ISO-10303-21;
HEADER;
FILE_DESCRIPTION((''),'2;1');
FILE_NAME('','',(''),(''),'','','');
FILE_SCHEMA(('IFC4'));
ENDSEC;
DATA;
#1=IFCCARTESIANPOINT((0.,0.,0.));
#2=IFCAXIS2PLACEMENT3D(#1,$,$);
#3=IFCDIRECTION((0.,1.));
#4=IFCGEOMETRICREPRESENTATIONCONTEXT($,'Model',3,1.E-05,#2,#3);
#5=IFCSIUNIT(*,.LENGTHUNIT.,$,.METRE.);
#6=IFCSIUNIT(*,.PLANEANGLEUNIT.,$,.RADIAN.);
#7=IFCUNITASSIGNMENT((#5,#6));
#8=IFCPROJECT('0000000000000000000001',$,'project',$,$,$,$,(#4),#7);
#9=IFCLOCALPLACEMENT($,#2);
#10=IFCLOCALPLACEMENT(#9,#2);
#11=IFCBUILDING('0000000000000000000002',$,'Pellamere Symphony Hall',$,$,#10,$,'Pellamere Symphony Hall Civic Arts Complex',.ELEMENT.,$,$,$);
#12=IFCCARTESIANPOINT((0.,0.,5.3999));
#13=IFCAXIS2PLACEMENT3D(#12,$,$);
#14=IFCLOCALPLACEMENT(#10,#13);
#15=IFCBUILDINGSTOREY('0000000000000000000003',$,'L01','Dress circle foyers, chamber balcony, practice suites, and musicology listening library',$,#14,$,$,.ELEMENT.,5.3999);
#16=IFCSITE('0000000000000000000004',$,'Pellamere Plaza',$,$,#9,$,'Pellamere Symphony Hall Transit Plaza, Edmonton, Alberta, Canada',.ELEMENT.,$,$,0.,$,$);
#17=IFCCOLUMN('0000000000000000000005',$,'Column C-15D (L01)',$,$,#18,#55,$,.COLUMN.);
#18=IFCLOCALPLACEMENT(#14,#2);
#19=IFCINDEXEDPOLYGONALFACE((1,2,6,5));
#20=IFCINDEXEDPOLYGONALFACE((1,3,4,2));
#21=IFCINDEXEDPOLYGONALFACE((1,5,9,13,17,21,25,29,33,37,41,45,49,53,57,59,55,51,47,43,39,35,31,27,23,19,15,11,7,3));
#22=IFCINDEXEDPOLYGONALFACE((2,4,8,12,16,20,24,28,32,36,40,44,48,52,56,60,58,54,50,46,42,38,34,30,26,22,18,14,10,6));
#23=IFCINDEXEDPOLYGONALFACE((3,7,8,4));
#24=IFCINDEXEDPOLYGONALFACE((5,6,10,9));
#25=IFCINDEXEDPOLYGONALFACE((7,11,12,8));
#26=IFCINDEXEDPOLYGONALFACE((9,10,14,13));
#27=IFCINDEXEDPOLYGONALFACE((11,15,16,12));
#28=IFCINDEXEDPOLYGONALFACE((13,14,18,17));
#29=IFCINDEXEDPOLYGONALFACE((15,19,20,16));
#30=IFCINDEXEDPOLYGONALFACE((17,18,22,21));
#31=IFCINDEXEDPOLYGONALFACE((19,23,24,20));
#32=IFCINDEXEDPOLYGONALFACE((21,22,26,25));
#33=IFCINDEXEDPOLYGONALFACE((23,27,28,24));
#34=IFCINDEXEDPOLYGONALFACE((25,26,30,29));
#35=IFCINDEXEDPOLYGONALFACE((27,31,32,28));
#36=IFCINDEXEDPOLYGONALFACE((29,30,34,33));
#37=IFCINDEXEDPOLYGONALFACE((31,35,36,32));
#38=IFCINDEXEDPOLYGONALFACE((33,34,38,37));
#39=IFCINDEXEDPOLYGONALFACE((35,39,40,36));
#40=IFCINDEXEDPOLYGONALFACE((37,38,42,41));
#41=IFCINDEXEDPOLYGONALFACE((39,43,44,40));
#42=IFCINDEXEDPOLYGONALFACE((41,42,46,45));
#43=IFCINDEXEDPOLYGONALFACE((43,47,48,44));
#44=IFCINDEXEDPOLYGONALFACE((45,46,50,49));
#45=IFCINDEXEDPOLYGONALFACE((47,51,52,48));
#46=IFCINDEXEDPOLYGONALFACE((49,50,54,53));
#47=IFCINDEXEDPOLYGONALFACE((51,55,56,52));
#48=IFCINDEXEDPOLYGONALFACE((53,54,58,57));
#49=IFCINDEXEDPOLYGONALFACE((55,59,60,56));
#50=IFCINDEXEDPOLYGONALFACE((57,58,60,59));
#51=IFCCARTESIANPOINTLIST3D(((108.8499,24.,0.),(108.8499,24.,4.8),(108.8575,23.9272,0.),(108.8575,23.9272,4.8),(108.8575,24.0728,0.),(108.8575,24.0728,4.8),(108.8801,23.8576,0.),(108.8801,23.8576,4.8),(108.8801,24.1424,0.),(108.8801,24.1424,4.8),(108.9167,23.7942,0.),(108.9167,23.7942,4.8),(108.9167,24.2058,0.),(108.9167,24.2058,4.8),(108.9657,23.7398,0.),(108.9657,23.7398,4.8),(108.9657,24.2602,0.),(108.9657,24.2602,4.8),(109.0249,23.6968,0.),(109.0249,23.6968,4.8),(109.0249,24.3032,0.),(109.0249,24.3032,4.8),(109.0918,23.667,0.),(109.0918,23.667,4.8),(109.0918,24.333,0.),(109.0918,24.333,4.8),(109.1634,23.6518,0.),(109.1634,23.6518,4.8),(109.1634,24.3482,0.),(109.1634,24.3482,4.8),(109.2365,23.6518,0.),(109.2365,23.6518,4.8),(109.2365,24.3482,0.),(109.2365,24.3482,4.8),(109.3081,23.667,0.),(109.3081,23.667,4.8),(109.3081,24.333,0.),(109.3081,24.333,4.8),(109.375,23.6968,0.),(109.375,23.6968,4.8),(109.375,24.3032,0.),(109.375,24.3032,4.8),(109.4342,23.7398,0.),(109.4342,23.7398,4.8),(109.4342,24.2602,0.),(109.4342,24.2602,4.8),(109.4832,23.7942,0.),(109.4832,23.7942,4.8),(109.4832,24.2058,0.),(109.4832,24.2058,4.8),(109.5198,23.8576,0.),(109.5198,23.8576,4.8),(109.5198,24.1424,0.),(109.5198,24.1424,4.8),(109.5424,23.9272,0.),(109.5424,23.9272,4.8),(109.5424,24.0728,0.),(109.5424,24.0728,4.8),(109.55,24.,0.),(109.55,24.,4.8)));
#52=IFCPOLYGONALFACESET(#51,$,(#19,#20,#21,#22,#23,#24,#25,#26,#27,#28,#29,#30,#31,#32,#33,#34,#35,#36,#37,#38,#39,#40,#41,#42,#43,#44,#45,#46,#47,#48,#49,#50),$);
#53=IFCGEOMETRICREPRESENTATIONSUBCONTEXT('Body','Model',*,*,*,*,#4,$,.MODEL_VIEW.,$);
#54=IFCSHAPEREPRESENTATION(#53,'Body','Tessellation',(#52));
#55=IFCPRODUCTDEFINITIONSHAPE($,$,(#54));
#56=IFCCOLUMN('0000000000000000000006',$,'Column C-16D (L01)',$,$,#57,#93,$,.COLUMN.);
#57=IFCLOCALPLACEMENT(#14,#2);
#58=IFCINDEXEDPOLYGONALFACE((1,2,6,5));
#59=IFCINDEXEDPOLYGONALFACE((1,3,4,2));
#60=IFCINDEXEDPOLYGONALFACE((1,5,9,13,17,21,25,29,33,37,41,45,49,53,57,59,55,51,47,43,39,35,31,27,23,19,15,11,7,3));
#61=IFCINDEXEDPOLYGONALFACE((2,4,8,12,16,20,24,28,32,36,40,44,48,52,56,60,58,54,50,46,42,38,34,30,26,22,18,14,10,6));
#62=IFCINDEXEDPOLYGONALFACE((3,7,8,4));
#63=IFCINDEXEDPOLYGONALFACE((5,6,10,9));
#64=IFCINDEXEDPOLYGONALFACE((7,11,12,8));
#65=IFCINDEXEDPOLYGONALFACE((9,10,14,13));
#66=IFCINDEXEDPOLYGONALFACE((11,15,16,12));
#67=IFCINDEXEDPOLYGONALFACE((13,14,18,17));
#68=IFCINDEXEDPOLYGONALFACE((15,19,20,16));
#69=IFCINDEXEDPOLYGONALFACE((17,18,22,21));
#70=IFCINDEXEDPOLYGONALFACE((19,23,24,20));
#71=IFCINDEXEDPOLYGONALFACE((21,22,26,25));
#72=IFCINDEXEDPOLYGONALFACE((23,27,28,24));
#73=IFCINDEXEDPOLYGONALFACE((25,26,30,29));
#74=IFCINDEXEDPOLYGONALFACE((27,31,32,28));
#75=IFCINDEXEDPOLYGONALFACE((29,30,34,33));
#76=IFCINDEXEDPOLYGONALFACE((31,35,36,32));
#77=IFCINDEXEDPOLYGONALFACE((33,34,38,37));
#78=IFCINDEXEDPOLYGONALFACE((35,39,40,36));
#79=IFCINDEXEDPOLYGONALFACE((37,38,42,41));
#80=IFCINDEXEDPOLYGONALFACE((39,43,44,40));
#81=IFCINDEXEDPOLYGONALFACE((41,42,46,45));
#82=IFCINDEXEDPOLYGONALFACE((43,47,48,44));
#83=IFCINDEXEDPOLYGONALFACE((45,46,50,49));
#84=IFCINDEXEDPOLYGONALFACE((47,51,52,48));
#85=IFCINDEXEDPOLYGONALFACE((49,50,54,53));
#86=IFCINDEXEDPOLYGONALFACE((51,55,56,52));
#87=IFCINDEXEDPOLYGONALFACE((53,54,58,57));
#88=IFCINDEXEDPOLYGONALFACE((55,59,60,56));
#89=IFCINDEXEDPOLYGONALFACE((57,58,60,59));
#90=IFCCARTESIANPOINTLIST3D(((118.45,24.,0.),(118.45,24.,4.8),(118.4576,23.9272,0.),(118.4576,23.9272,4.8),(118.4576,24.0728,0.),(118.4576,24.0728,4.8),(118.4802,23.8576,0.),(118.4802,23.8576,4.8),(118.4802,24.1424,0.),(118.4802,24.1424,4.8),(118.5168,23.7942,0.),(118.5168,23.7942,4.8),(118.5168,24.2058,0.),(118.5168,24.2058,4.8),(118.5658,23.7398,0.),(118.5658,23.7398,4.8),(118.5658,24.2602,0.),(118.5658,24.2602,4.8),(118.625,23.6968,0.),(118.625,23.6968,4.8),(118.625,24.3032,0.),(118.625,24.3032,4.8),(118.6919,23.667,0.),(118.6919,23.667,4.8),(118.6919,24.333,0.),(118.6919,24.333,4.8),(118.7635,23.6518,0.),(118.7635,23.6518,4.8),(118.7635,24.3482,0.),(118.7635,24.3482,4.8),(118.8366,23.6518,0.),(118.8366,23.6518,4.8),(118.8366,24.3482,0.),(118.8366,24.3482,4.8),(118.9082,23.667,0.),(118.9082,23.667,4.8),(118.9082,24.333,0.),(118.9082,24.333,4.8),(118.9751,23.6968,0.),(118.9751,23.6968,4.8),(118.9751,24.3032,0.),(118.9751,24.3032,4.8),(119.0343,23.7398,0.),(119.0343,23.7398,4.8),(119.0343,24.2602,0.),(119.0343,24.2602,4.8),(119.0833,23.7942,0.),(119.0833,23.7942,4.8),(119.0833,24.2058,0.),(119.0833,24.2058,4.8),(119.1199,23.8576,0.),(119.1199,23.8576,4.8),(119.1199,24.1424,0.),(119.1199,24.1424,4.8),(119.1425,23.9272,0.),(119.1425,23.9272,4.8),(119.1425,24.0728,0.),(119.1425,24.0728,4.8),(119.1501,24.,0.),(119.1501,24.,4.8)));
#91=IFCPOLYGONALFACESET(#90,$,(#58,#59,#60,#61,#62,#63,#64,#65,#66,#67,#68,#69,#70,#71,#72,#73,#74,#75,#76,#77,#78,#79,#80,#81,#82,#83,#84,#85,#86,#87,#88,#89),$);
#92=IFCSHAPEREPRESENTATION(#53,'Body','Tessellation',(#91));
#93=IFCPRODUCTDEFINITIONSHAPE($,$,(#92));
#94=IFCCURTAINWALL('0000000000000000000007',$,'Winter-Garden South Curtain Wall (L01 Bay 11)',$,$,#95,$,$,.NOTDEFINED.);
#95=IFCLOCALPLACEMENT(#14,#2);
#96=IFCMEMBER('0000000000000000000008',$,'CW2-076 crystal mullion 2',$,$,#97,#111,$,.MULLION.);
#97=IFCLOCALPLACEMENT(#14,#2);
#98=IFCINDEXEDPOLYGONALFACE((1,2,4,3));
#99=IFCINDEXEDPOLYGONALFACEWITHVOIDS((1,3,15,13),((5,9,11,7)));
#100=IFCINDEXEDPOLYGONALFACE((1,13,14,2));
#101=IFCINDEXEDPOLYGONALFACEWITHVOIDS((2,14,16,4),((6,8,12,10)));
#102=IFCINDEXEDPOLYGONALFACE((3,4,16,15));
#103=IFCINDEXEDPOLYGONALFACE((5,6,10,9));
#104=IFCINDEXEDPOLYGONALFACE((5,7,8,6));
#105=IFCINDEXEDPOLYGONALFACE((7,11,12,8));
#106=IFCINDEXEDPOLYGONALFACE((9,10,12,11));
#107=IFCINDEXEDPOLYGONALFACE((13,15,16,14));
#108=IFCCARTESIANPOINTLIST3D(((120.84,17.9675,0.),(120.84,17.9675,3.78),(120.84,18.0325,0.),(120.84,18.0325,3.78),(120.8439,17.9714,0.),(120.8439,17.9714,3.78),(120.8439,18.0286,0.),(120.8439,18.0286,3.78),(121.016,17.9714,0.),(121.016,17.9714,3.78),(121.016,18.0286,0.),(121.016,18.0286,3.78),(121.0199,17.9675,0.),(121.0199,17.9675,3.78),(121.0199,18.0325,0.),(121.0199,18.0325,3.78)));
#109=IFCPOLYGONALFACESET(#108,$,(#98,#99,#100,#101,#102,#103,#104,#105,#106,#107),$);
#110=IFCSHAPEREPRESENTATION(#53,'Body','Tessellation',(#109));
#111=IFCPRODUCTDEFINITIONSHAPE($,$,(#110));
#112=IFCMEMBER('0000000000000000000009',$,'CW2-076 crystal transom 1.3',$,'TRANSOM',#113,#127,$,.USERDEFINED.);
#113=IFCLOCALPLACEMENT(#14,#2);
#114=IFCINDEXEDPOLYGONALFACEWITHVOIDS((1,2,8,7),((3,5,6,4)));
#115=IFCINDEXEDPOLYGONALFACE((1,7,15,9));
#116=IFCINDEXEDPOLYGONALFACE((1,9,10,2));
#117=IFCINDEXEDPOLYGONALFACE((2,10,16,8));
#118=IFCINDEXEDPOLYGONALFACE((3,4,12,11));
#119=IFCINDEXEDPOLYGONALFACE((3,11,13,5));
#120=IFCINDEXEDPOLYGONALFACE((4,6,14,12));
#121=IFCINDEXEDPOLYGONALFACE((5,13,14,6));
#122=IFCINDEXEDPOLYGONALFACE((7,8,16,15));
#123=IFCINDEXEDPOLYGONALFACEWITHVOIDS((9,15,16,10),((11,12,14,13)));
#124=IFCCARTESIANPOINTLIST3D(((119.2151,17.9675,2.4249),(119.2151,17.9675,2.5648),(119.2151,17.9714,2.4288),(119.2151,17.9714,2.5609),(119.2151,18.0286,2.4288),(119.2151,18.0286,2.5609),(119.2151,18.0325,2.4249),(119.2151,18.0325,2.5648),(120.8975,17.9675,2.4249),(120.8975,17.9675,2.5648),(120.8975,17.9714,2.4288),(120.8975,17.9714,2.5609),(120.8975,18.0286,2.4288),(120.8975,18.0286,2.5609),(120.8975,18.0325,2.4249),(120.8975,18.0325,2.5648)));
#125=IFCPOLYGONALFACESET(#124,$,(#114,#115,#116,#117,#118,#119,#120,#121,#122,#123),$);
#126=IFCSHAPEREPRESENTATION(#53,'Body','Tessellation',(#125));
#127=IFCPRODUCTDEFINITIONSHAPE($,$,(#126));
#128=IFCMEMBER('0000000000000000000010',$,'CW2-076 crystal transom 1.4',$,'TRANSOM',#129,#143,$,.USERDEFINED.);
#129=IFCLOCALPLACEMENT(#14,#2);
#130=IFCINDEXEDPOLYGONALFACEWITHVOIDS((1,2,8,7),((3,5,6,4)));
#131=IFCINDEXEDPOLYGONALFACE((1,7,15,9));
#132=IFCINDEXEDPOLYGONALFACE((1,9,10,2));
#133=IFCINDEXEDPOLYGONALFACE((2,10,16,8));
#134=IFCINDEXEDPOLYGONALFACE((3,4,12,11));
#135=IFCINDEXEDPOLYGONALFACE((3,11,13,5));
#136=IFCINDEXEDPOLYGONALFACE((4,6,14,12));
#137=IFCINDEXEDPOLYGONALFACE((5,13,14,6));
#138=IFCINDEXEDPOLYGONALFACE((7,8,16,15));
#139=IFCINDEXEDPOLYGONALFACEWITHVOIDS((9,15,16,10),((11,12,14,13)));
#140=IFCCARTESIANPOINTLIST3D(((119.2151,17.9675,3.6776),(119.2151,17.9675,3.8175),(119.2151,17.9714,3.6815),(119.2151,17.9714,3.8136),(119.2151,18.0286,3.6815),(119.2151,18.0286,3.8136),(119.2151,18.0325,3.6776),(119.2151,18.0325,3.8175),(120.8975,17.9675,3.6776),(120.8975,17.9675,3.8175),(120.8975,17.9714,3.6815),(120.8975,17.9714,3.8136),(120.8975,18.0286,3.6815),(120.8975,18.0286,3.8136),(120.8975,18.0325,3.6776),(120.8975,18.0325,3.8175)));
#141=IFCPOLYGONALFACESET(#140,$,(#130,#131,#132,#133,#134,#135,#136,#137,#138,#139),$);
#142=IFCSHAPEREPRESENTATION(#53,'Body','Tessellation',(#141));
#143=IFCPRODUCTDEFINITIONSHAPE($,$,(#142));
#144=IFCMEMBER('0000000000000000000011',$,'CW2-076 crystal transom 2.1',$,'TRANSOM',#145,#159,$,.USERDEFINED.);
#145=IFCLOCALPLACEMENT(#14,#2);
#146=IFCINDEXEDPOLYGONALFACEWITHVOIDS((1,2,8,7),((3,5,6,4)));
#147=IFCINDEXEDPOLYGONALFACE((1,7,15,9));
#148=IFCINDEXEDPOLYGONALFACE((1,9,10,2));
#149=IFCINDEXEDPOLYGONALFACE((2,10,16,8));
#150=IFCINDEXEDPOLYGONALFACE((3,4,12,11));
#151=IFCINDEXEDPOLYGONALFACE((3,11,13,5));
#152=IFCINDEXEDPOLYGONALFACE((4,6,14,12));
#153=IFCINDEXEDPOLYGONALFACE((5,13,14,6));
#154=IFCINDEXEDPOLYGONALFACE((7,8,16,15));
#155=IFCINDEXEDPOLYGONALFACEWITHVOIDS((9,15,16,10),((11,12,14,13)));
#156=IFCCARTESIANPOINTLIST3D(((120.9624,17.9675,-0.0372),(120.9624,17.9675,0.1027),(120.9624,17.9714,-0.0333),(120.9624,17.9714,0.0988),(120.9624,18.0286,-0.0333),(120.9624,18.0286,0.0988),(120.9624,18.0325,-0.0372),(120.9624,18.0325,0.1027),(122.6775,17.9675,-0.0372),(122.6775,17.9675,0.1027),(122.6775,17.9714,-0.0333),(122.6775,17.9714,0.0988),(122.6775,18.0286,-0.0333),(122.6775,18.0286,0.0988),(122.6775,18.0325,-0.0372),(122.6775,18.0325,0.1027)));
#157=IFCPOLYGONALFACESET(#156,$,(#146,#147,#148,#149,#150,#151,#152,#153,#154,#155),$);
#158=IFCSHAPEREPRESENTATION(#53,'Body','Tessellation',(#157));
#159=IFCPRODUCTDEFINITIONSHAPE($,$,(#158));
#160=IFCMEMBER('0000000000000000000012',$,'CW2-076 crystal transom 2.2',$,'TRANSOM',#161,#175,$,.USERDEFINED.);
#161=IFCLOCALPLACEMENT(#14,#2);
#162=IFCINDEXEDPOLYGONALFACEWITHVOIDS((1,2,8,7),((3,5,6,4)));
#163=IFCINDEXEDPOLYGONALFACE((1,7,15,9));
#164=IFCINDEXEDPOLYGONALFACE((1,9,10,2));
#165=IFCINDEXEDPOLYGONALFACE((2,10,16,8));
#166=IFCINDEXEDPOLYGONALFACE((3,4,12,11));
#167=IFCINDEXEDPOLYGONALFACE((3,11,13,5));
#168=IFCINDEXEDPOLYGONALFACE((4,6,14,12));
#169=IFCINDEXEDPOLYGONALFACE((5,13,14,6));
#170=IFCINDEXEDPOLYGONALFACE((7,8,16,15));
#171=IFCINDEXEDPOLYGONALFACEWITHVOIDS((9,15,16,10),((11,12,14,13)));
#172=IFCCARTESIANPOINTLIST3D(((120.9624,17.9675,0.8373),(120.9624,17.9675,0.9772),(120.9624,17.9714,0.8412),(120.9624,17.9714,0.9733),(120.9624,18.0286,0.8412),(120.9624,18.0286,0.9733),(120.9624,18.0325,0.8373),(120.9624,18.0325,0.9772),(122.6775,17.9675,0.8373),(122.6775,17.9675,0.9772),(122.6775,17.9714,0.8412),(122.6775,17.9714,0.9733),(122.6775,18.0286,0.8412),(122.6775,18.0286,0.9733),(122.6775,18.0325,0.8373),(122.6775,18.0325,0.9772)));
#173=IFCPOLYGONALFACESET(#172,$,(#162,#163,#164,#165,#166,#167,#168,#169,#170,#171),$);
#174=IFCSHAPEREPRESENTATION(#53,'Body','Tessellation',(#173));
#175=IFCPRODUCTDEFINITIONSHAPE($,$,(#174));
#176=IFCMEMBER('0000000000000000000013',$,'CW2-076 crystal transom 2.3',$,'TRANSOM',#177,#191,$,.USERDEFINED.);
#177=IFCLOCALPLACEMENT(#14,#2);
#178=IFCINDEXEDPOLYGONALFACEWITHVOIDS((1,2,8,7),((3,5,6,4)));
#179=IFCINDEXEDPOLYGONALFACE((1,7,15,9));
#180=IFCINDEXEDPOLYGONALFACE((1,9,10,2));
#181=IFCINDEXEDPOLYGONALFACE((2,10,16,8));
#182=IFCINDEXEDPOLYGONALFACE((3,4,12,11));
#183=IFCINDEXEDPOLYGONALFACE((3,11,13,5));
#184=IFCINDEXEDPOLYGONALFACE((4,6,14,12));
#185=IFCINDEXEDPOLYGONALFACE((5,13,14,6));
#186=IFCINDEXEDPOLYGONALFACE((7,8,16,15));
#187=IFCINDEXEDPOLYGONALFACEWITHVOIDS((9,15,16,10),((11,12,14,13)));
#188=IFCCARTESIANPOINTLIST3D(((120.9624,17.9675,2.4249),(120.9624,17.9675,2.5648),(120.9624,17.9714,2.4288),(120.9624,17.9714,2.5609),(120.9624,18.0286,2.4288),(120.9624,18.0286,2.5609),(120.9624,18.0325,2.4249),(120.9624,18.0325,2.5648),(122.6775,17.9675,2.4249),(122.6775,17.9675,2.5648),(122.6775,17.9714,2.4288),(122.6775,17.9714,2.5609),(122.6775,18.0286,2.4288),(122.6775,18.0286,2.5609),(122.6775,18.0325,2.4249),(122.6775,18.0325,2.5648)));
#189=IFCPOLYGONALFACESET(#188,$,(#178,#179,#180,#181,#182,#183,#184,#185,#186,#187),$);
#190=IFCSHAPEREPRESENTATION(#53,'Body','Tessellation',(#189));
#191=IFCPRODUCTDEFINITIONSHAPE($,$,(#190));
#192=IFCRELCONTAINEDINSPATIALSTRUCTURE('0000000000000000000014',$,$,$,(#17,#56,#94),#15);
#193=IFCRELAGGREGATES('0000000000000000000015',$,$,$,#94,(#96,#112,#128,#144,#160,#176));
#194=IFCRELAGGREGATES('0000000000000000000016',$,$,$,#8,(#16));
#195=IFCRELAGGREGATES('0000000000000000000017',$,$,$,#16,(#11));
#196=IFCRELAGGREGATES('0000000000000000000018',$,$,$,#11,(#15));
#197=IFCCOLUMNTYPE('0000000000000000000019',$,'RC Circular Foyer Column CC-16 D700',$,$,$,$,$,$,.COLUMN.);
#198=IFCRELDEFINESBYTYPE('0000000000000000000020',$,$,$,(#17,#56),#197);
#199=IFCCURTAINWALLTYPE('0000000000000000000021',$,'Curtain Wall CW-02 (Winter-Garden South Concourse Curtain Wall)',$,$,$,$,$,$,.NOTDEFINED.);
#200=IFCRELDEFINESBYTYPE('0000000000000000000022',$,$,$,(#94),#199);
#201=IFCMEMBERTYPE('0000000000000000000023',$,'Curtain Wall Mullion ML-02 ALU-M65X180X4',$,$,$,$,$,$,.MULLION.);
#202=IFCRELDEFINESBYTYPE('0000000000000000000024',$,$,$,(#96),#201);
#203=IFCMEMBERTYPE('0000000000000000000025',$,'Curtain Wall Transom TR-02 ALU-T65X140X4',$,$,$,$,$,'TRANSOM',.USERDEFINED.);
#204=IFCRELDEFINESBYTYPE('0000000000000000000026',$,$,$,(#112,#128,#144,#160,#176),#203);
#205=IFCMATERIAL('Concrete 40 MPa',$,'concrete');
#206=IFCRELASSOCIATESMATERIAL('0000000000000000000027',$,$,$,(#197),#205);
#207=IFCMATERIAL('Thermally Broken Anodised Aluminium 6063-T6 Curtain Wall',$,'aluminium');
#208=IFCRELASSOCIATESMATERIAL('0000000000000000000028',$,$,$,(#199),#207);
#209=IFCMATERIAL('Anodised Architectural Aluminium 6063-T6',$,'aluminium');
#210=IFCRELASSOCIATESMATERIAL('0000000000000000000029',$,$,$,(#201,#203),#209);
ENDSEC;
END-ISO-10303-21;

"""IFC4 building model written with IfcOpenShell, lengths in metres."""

from ifc_helpers import new_model, si_unit, direction, frame, origin, origin_2d, place, context, subcontext, project, spatial, hollow_rectangle, circle, extrude, material, material_profile, profile_set, type_object, element, aggregate, save


model = new_model("IFC4")

# Units and contexts
model_context = context("Model", 3, precision=1e-05, world=origin(), true_north=direction((0.0, 1.0)))
body_context = subcontext(model_context, "Body", "Model", "MODEL_VIEW")
ifc_project = project(units=[si_unit("LENGTHUNIT", "METRE"), si_unit("PLANEANGLEUNIT", "RADIAN")], contexts=[model_context])

# Site, building, storey
site_placement = place(None, origin())
site = spatial("IfcSite", under=ifc_project, at=site_placement, Name="Pellamere Plaza", LongName="Pellamere Symphony Hall Transit Plaza, Edmonton, Alberta, Canada", CompositionType="ELEMENT", RefElevation=0.0)
building_placement = place(site_placement, origin())
building = spatial("IfcBuilding", under=site, at=building_placement, Name="Pellamere Symphony Hall", LongName="Pellamere Symphony Hall Civic Arts Complex", CompositionType="ELEMENT")
storey_placement = place(building_placement, frame((0.0, 0.0, 5.3999)))
storey = spatial("IfcBuildingStorey", under=building, at=storey_placement, Name="L01", Description="Dress circle foyers, chamber balcony, practice suites, and musicology listening library", CompositionType="ELEMENT", Elevation=5.3999)

# Columns
ifc_material_1 = material(Name="Concrete 40 MPa", Category="concrete")
ifc_material_profile_1 = material_profile(ifc_material_1, circle(Radius=0.3501, at=origin_2d()), Name="RCCOL D700")
ifc_profile_set_1 = profile_set([ifc_material_profile_1], Name="Concrete 40 MPa")
column_type = type_object("IfcColumnType", Name="RC Circular Foyer Column CC-16 D700", PredefinedType="COLUMN", material=ifc_profile_set_1)
for number, where, z_axis, x_axis, name in (
    (1, (109.2, 24.0, 0.0), (0.0, 0.0, 1.0), (1.0, 0.0, 0.0), "Column C-15D (L01)"),
    (2, (118.8, 24.0, 0.0), (0.0, 0.0, 1.0), (1.0, 0.0, 0.0), "Column C-16D (L01)"),
):
    element("IfcColumn", number, at=place(storey_placement, frame(where, z_axis=z_axis, x_axis=x_axis)), inside=storey, type_object=column_type, Name=name, PredefinedType="COLUMN", context=body_context, shape_type="SweptSolid", body=[
        extrude(circle(Radius=0.3501, at=origin_2d()), origin(), (0.0, 0.0, 1.0), 4.8),
    ])

# Curtain wall, members
ifc_material_2 = material(Name="Thermally Broken Anodised Aluminium 6063-T6 Curtain Wall", Category="aluminium")
curtain_wall_type = type_object("IfcCurtainWallType", Name="Curtain Wall CW-02 (Winter-Garden South Concourse Curtain Wall)", PredefinedType="NOTDEFINED", material=ifc_material_2)
curtain_wall_placement = place(storey_placement, origin())
curtain_wall = element("IfcCurtainWall", 3, at=curtain_wall_placement, inside=storey, type_object=curtain_wall_type, Name="Winter-Garden South Curtain Wall (L01 Bay 11)", PredefinedType="NOTDEFINED")
ifc_material_3 = material(Name="Anodised Architectural Aluminium 6063-T6", Category="aluminium")
ifc_material_profile_2 = material_profile(ifc_material_3, hollow_rectangle(XDim=0.0649, YDim=0.1799, WallThickness=0.0039, at=origin_2d()), Name="ALU-M65X180X4")
ifc_profile_set_2 = profile_set([ifc_material_profile_2], Name="Anodised Architectural Aluminium 6063-T6")
member_type_1 = type_object("IfcMemberType", Name="Curtain Wall Mullion ML-02 ALU-M65X180X4", PredefinedType="MULLION", material=ifc_profile_set_2)
member_1_placement = place(storey_placement, frame((120.9299, 18.0, 0.0), z_axis=(0.0, 0.0, 1.0), x_axis=(0.0, 1.0, 0.0)))
member_1 = element("IfcMember", 4, at=member_1_placement, type_object=member_type_1, Name="CW2-076 crystal mullion 2", PredefinedType="MULLION", context=body_context, shape_type="SweptSolid", body=[
    extrude(hollow_rectangle(XDim=0.0649, YDim=0.1799, WallThickness=0.0039, at=origin_2d()), origin(), (0.0, 0.0, 1.0), 3.78),
])
ifc_material_profile_3 = material_profile(ifc_material_3, hollow_rectangle(XDim=0.0649, YDim=0.1399, WallThickness=0.0039, at=origin_2d()), Name="ALU-T65X140X4")
ifc_profile_set_3 = profile_set([ifc_material_profile_3], Name="Anodised Architectural Aluminium 6063-T6")
member_type_2 = type_object("IfcMemberType", Name="Curtain Wall Transom TR-02 ALU-T65X140X4", ElementType="TRANSOM", PredefinedType="USERDEFINED", material=ifc_profile_set_3)
member_2_placement = place(storey_placement, frame((119.2151, 18.0, 2.4949), z_axis=(1.0, 0.0, 0.0), x_axis=(0.0, 1.0, 0.0)))
member_2 = element("IfcMember", 5, at=member_2_placement, type_object=member_type_2, Name="CW2-076 crystal transom 1.3", ObjectType="TRANSOM", PredefinedType="USERDEFINED", context=body_context, shape_type="SweptSolid", body=[
    extrude(hollow_rectangle(XDim=0.0649, YDim=0.1399, WallThickness=0.0039, at=origin_2d()), origin(), (0.0, 0.0, 1.0), 1.6824),
])
member_3_placement = place(storey_placement, frame((119.2151, 18.0, 3.7476), z_axis=(1.0, 0.0, 0.0), x_axis=(0.0, 1.0, 0.0)))
member_3 = element("IfcMember", 6, at=member_3_placement, type_object=member_type_2, Name="CW2-076 crystal transom 1.4", ObjectType="TRANSOM", PredefinedType="USERDEFINED", context=body_context, shape_type="SweptSolid", body=[
    extrude(hollow_rectangle(XDim=0.0649, YDim=0.1399, WallThickness=0.0039, at=origin_2d()), origin(), (0.0, 0.0, 1.0), 1.6824),
])
member_4_placement = place(storey_placement, frame((120.9624, 18.0, 0.0327), z_axis=(1.0, 0.0, 0.0), x_axis=(0.0, 1.0, 0.0)))
member_4 = element("IfcMember", 7, at=member_4_placement, type_object=member_type_2, Name="CW2-076 crystal transom 2.1", ObjectType="TRANSOM", PredefinedType="USERDEFINED", context=body_context, shape_type="SweptSolid", body=[
    extrude(hollow_rectangle(XDim=0.0649, YDim=0.1399, WallThickness=0.0039, at=origin_2d()), origin(), (0.0, 0.0, 1.0), 1.7151),
])
member_5_placement = place(storey_placement, frame((120.9624, 18.0, 0.9072), z_axis=(1.0, 0.0, 0.0), x_axis=(0.0, 1.0, 0.0)))
member_5 = element("IfcMember", 8, at=member_5_placement, type_object=member_type_2, Name="CW2-076 crystal transom 2.2", ObjectType="TRANSOM", PredefinedType="USERDEFINED", context=body_context, shape_type="SweptSolid", body=[
    extrude(hollow_rectangle(XDim=0.0649, YDim=0.1399, WallThickness=0.0039, at=origin_2d()), origin(), (0.0, 0.0, 1.0), 1.7151),
])
member_6_placement = place(storey_placement, frame((120.9624, 18.0, 2.4949), z_axis=(1.0, 0.0, 0.0), x_axis=(0.0, 1.0, 0.0)))
member_6 = element("IfcMember", 9, at=member_6_placement, type_object=member_type_2, Name="CW2-076 crystal transom 2.3", ObjectType="TRANSOM", PredefinedType="USERDEFINED", context=body_context, shape_type="SweptSolid", body=[
    extrude(hollow_rectangle(XDim=0.0649, YDim=0.1399, WallThickness=0.0039, at=origin_2d()), origin(), (0.0, 0.0, 1.0), 1.7151),
])

aggregate(curtain_wall, [member_1, member_2, member_3, member_4, member_5, member_6])

save(model, "model.ifc")
